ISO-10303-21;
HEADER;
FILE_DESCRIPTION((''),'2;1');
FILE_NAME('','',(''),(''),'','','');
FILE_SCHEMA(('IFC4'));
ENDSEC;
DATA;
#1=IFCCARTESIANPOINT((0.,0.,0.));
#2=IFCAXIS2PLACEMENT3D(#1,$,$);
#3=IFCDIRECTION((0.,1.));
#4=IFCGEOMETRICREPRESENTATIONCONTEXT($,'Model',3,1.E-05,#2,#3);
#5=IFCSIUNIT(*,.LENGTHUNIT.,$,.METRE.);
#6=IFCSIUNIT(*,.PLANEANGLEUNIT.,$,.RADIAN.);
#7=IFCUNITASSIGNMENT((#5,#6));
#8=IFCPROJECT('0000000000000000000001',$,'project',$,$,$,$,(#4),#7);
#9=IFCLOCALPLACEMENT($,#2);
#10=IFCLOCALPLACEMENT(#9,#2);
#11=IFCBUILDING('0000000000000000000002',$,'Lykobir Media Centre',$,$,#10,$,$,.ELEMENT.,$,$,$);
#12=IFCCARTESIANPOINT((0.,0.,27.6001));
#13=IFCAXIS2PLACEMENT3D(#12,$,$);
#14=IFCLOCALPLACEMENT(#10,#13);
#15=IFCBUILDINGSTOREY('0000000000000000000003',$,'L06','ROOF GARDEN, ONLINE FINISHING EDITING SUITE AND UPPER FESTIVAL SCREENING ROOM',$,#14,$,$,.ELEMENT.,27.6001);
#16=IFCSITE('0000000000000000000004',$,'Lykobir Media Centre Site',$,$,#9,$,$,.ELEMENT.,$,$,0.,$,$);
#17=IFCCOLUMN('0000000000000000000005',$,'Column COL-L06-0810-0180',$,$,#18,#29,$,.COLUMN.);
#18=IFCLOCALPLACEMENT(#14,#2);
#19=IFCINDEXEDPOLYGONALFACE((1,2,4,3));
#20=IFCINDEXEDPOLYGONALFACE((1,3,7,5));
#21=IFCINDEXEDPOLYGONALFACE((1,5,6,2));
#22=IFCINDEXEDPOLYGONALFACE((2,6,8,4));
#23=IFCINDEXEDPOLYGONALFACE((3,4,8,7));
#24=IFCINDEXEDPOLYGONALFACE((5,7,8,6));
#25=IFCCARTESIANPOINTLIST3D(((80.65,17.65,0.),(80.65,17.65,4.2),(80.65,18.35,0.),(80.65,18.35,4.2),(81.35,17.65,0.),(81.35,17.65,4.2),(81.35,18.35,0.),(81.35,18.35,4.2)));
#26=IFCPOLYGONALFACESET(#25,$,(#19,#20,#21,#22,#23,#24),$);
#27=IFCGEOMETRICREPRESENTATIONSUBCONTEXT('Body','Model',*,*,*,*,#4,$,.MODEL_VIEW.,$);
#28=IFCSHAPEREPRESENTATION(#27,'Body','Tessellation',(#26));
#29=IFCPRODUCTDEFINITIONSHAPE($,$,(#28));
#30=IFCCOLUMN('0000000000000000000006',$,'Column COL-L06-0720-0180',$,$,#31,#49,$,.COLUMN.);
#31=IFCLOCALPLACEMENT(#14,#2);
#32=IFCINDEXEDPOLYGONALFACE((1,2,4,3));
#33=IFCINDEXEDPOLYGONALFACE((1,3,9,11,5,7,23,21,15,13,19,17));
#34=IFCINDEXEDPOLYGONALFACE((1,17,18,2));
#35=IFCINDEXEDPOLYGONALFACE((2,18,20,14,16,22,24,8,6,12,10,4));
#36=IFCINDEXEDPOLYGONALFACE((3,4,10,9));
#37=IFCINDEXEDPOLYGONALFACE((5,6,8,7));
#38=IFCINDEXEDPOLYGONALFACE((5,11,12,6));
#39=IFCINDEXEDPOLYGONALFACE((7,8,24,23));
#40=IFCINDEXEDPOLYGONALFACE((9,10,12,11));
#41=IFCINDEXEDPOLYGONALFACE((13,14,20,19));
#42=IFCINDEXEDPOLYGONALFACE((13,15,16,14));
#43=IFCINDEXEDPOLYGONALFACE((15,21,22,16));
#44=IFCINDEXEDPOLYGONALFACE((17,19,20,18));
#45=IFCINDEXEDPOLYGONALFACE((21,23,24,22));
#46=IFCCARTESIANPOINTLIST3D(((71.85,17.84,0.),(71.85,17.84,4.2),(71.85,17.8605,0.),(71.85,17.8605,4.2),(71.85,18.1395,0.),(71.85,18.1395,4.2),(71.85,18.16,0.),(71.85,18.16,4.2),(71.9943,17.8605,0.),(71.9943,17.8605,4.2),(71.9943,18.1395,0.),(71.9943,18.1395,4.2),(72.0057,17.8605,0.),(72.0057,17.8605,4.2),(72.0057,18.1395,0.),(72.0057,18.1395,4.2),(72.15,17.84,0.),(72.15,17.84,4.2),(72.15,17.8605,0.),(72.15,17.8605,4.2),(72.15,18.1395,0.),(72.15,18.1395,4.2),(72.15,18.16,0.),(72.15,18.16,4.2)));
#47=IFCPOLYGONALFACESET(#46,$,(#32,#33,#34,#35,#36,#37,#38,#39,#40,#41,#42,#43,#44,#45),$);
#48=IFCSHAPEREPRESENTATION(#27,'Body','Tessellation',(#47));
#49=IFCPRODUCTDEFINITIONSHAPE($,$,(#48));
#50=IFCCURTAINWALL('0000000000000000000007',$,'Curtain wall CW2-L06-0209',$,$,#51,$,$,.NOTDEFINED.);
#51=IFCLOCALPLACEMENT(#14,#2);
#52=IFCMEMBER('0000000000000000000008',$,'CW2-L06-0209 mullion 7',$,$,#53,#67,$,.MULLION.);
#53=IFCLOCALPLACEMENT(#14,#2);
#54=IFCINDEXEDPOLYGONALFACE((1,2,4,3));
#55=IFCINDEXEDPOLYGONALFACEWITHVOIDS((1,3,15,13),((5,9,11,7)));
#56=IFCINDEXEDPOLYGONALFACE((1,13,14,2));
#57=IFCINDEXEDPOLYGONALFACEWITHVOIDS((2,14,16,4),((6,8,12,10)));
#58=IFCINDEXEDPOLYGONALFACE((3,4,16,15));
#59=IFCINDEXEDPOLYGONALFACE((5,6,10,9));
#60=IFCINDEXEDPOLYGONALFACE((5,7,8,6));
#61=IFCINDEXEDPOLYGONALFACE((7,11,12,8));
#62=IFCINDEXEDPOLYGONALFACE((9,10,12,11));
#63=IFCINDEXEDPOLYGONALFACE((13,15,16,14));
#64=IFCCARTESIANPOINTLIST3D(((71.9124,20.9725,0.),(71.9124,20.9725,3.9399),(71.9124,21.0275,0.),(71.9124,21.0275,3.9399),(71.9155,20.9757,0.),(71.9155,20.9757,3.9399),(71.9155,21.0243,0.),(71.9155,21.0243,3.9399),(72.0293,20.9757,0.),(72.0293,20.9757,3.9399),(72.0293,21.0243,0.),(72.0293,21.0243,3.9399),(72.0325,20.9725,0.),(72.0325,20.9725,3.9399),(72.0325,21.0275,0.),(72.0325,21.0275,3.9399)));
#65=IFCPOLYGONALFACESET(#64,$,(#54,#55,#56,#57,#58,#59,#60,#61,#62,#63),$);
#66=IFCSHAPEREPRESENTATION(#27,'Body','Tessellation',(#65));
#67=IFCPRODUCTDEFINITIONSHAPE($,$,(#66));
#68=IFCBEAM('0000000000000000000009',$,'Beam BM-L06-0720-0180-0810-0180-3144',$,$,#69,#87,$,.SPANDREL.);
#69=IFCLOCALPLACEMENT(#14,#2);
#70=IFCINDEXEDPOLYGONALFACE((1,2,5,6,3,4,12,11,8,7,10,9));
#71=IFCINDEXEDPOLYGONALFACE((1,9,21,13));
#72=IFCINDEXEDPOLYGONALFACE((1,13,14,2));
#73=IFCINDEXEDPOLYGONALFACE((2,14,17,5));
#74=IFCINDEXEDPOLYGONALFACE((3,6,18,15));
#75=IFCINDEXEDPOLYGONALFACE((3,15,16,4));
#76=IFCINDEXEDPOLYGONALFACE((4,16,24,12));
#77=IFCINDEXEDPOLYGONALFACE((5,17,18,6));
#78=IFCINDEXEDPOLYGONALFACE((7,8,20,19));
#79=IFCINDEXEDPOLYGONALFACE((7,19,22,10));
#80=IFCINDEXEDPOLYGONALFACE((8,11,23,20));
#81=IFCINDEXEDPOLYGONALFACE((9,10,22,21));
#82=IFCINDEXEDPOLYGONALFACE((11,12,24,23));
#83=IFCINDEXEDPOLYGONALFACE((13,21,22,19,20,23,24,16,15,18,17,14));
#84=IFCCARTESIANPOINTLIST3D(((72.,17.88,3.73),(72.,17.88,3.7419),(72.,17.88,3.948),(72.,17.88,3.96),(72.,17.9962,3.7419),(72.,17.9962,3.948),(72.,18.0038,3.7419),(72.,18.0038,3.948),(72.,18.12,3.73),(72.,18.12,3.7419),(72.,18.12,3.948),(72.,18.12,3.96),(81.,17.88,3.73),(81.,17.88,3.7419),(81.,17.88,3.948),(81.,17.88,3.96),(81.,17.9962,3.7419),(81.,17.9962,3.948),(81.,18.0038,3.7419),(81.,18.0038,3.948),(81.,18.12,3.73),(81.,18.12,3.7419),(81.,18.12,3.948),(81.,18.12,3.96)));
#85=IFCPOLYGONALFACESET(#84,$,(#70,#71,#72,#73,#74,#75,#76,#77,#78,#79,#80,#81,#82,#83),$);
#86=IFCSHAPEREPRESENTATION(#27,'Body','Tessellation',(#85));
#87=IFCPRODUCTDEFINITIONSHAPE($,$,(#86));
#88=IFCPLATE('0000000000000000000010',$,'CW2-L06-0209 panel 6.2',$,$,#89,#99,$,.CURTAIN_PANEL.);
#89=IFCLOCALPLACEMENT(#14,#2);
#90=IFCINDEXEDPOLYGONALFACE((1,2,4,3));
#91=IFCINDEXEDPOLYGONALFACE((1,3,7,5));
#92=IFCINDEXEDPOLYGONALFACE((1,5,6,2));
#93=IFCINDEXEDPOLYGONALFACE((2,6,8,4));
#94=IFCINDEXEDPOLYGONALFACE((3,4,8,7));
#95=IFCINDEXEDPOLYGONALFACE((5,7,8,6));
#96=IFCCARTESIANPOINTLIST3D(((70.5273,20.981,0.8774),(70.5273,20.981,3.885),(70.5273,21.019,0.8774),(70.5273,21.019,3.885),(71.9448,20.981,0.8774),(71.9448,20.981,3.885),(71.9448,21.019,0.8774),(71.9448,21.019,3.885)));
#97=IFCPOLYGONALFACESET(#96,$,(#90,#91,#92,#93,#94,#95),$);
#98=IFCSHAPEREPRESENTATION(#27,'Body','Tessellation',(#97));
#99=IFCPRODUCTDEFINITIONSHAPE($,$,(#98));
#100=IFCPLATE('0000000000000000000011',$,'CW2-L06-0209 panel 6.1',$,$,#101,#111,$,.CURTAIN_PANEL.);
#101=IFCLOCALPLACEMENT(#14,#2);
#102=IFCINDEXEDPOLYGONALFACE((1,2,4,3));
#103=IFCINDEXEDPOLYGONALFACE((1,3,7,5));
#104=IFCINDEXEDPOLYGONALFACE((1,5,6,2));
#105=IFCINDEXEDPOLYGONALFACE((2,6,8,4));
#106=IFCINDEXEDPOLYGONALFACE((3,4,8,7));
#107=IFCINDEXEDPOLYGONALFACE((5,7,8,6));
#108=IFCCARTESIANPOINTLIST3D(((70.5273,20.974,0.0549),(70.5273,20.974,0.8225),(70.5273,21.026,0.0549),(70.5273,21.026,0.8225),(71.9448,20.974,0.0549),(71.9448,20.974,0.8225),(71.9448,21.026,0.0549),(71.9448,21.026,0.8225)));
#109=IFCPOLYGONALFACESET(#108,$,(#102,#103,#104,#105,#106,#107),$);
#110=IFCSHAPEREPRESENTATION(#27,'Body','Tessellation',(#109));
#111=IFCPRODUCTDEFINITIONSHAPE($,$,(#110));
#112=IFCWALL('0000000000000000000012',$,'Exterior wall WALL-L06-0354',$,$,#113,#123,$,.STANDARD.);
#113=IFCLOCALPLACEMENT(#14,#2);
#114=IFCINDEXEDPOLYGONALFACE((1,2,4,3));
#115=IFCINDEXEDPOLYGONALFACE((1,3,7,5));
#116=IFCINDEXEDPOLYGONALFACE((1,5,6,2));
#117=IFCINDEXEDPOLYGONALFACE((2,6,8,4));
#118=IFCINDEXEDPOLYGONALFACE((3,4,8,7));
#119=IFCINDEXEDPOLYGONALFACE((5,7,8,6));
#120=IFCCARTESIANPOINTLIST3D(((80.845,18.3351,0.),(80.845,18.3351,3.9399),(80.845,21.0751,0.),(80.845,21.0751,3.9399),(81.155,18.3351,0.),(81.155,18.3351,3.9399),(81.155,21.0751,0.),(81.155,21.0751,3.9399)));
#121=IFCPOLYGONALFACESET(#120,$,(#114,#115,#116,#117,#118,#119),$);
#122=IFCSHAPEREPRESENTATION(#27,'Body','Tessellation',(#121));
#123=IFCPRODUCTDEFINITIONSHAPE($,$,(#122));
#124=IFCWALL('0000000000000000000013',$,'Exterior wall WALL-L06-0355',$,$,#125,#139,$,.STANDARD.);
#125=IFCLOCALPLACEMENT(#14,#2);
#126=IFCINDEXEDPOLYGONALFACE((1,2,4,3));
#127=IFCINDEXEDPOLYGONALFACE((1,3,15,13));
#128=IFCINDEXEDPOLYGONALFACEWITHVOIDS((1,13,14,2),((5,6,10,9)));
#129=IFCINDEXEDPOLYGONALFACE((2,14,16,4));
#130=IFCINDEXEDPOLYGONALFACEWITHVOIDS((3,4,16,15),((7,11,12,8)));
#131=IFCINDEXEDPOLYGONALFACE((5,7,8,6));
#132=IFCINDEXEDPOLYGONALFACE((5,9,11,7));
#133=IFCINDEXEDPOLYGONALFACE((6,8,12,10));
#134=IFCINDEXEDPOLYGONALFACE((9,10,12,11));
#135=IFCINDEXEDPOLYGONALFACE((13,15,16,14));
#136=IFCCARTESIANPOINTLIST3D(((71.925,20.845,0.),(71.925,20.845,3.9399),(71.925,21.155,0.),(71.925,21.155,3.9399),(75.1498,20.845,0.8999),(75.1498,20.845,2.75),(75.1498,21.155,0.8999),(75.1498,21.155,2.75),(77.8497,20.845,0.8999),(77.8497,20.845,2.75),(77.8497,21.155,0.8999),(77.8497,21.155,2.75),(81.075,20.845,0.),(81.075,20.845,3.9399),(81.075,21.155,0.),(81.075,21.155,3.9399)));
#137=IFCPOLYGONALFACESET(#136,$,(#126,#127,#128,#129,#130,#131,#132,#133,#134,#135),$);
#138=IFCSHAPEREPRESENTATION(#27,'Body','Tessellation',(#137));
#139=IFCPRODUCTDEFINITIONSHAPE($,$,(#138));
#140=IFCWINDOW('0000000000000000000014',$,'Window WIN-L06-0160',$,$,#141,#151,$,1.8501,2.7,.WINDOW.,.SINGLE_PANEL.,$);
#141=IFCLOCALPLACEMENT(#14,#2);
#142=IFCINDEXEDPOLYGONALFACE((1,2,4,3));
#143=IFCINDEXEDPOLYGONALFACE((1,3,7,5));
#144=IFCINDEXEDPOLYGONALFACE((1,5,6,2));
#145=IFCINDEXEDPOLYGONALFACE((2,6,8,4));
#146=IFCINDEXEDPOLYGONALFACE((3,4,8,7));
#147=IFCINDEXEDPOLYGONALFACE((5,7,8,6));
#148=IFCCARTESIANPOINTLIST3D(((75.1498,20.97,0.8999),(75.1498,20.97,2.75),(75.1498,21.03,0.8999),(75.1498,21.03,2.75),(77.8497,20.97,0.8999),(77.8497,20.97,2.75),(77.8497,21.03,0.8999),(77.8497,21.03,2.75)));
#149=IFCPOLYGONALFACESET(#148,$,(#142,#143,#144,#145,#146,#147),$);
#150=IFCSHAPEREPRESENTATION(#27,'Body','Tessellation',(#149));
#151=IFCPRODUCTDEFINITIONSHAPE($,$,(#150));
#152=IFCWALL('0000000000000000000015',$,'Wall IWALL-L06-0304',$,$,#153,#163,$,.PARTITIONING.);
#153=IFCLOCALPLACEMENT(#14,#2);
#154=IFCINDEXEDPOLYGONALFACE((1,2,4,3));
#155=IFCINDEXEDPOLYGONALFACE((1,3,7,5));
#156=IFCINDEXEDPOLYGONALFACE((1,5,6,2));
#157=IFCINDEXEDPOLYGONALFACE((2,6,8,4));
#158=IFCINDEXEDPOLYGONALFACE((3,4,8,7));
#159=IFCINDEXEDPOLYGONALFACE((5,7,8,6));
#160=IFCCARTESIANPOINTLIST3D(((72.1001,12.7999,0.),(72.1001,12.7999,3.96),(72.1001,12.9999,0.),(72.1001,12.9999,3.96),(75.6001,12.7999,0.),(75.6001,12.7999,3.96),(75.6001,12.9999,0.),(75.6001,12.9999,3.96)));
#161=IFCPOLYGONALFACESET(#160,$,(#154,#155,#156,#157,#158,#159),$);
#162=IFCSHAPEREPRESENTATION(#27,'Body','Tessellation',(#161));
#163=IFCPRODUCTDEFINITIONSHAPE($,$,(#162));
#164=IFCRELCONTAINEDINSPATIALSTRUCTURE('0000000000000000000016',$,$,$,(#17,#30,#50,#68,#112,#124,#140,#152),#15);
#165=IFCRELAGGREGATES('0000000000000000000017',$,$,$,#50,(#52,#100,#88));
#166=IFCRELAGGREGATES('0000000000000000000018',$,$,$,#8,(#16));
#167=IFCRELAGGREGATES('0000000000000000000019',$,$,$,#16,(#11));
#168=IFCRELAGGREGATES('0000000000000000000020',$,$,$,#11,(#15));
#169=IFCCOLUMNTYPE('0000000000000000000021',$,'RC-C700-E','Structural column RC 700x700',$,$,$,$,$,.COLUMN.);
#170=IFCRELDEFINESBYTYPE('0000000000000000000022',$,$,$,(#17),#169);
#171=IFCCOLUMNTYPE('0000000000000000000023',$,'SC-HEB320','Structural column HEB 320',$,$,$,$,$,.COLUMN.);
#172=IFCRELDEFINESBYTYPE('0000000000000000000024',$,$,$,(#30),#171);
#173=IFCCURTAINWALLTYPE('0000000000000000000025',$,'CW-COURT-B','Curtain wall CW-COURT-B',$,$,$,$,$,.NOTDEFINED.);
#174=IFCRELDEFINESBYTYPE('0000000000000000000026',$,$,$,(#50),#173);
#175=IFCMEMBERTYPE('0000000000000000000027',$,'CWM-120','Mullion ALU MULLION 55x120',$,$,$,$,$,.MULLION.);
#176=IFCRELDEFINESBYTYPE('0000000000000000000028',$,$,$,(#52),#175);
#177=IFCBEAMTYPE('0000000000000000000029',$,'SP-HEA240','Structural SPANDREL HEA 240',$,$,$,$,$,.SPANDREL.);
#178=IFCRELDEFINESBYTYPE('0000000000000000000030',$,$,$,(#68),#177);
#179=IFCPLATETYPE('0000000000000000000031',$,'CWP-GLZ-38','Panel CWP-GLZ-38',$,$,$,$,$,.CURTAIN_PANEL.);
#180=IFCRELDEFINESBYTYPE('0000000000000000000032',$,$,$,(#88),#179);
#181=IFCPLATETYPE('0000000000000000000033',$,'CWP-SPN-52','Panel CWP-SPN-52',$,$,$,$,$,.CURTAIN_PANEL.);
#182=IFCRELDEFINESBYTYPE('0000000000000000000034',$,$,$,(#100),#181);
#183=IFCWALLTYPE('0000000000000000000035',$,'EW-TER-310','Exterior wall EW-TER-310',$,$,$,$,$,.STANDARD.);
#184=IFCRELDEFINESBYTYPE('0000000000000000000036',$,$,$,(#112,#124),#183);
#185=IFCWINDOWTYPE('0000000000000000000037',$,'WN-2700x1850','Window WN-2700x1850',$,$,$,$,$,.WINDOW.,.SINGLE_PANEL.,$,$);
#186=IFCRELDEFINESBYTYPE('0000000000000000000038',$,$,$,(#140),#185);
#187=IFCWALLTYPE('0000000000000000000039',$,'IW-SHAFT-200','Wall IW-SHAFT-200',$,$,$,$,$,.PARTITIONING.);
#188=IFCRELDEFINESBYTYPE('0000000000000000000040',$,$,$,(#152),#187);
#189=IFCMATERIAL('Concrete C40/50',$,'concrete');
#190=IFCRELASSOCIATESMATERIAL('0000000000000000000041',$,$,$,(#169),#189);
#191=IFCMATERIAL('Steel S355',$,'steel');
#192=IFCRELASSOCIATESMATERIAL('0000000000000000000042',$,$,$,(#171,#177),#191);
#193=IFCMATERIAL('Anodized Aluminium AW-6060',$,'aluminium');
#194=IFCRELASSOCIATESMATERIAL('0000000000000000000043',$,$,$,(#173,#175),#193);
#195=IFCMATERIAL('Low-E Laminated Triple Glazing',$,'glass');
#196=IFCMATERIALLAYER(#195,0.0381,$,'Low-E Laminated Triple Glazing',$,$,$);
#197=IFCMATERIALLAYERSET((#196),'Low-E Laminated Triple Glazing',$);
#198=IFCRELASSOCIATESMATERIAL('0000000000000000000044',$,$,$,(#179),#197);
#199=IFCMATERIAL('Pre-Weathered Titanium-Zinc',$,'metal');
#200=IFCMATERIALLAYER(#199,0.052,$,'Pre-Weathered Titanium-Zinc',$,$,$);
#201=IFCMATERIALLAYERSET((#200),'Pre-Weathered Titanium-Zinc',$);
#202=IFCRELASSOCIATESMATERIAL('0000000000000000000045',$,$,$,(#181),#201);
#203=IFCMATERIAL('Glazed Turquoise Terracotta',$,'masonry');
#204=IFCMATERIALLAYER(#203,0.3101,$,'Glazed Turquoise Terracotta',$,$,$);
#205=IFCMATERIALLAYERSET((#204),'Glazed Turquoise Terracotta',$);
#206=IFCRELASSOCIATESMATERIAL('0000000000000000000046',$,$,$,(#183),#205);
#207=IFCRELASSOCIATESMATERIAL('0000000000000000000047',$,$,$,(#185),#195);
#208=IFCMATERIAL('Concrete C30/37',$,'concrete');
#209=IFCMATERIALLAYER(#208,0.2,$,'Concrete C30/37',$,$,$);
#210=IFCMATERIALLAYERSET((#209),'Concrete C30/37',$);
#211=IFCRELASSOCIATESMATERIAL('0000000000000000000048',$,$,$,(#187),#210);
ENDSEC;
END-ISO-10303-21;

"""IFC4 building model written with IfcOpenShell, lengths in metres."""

from ifc_helpers import new_model, si_unit, direction, frame, frame_2d, origin, origin_2d, place, context, subcontext, project, spatial, rectangle, hollow_rectangle, i_section, extrude, material, layer, layer_set, material_profile, profile_set, type_object, element, fill, aggregate, save


model = new_model("IFC4")

# Units and contexts
model_context = context("Model", 3, precision=1e-05, world=origin(), true_north=direction((0.0, 1.0)))
body_context = subcontext(model_context, "Body", "Model", "MODEL_VIEW")
ifc_project = project(units=[si_unit("LENGTHUNIT", "METRE"), si_unit("PLANEANGLEUNIT", "RADIAN")], contexts=[model_context])

# Site, building, storey
site_placement = place(None, origin())
site = spatial("IfcSite", under=ifc_project, at=site_placement, Name="Lykobir Media Centre Site", CompositionType="ELEMENT", RefElevation=0.0)
building_placement = place(site_placement, origin())
building = spatial("IfcBuilding", under=site, at=building_placement, Name="Lykobir Media Centre", CompositionType="ELEMENT")
storey_placement = place(building_placement, frame((0.0, 0.0, 27.6001)))
storey = spatial("IfcBuildingStorey", under=building, at=storey_placement, Name="L06", Description="ROOF GARDEN, ONLINE FINISHING EDITING SUITE AND UPPER FESTIVAL SCREENING ROOM", CompositionType="ELEMENT", Elevation=27.6001)

# Columns
ifc_material_1 = material(Name="Concrete C40/50", Category="concrete")
ifc_material_profile_1 = material_profile(ifc_material_1, rectangle(XDim=0.7, YDim=0.7, at=origin_2d()), Name="RC 700x700")
ifc_profile_set_1 = profile_set([ifc_material_profile_1], Name="Concrete C40/50")
column_type_1 = type_object("IfcColumnType", Name="RC-C700-E", Description="Structural column RC 700x700", PredefinedType="COLUMN", material=ifc_profile_set_1)
column_1_placement = place(storey_placement, frame((81.0, 18.0, 0.0), z_axis=(0.0, 0.0, 1.0), x_axis=(1.0, 0.0, 0.0)))
element("IfcColumn", 1, at=column_1_placement, inside=storey, type_object=column_type_1, Name="Column COL-L06-0810-0180", PredefinedType="COLUMN", context=body_context, shape_type="SweptSolid", body=[
    extrude(rectangle(XDim=0.7, YDim=0.7, at=origin_2d()), origin(), (0.0, 0.0, 1.0), 4.2),
])
ifc_material_2 = material(Name="Steel S355", Category="steel")
ifc_material_profile_2 = material_profile(ifc_material_2, i_section(OverallWidth=0.3, OverallDepth=0.3201, WebThickness=0.0115, FlangeThickness=0.0205, at=origin_2d()), Name="HEB 320")
ifc_profile_set_2 = profile_set([ifc_material_profile_2], Name="Steel S355")
column_type_2 = type_object("IfcColumnType", Name="SC-HEB320", Description="Structural column HEB 320", PredefinedType="COLUMN", material=ifc_profile_set_2)
column_2_placement = place(storey_placement, frame((72.0, 18.0, 0.0), z_axis=(0.0, 0.0, 1.0), x_axis=(1.0, 0.0, 0.0)))
element("IfcColumn", 2, at=column_2_placement, inside=storey, type_object=column_type_2, Name="Column COL-L06-0720-0180", PredefinedType="COLUMN", context=body_context, shape_type="SweptSolid", body=[
    extrude(i_section(OverallWidth=0.3, OverallDepth=0.3201, WebThickness=0.0115, FlangeThickness=0.0205, at=origin_2d()), origin(), (0.0, 0.0, 1.0), 4.2),
])

# Curtain wall, member
ifc_material_3 = material(Name="Anodized Aluminium AW-6060", Category="aluminium")
curtain_wall_type = type_object("IfcCurtainWallType", Name="CW-COURT-B", Description="Curtain wall CW-COURT-B", PredefinedType="NOTDEFINED", material=ifc_material_3)
curtain_wall_placement = place(storey_placement, origin())
curtain_wall = element("IfcCurtainWall", 3, at=curtain_wall_placement, inside=storey, type_object=curtain_wall_type, Name="Curtain wall CW2-L06-0209", PredefinedType="NOTDEFINED")
ifc_material_profile_3 = material_profile(ifc_material_3, hollow_rectangle(XDim=0.0549, YDim=0.1201, WallThickness=0.0032, at=origin_2d()), Name="ALU MULLION 55x120")
ifc_profile_set_3 = profile_set([ifc_material_profile_3], Name="Anodized Aluminium AW-6060")
member_type = type_object("IfcMemberType", Name="CWM-120", Description="Mullion ALU MULLION 55x120", PredefinedType="MULLION", material=ifc_profile_set_3)
member_placement = place(storey_placement, frame((71.9724, 21.0, 0.0), z_axis=(0.0, 0.0, 1.0), x_axis=(0.0, 1.0, 0.0)))
member = element("IfcMember", 4, at=member_placement, type_object=member_type, Name="CW2-L06-0209 mullion 7", PredefinedType="MULLION", context=body_context, shape_type="SweptSolid", body=[
    extrude(hollow_rectangle(XDim=0.0549, YDim=0.1201, WallThickness=0.0032, at=origin_2d()), origin(), (0.0, 0.0, 1.0), 3.9399),
])

# Beam
ifc_material_profile_4 = material_profile(ifc_material_2, i_section(OverallWidth=0.24, OverallDepth=0.23, WebThickness=0.0076, FlangeThickness=0.012, at=origin_2d()), Name="HEA 240")
ifc_profile_set_4 = profile_set([ifc_material_profile_4], Name="Steel S355")
beam_type = type_object("IfcBeamType", Name="SP-HEA240", Description="Structural SPANDREL HEA 240", PredefinedType="SPANDREL", material=ifc_profile_set_4)
beam_placement = place(storey_placement, frame((72.0, 18.0, 3.845), z_axis=(1.0, 0.0, 0.0), x_axis=(0.0, 1.0, 0.0)))
element("IfcBeam", 5, at=beam_placement, inside=storey, type_object=beam_type, Name="Beam BM-L06-0720-0180-0810-0180-3144", PredefinedType="SPANDREL", context=body_context, shape_type="SweptSolid", body=[
    extrude(i_section(OverallWidth=0.24, OverallDepth=0.23, WebThickness=0.0076, FlangeThickness=0.012, at=origin_2d()), origin(), (0.0, 0.0, 1.0), 9.0),
])

# Plates
ifc_material_4 = material(Name="Low-E Laminated Triple Glazing", Category="glass")
ifc_layer_1 = layer(ifc_material_4, 0.0381, Name="Low-E Laminated Triple Glazing")
ifc_layer_set_1 = layer_set([ifc_layer_1], Name="Low-E Laminated Triple Glazing")
plate_type_1 = type_object("IfcPlateType", Name="CWP-GLZ-38", Description="Panel CWP-GLZ-38", PredefinedType="CURTAIN_PANEL", material=ifc_layer_set_1)
plate_1_placement = place(storey_placement, frame((71.2361, 21.0, 0.8774), z_axis=(0.0, 0.0, 1.0), x_axis=(1.0, 0.0, 0.0)))
plate_1 = element("IfcPlate", 6, at=plate_1_placement, type_object=plate_type_1, Name="CW2-L06-0209 panel 6.2", PredefinedType="CURTAIN_PANEL", context=body_context, shape_type="SweptSolid", body=[
    extrude(rectangle(XDim=1.4175, YDim=0.0381, at=origin_2d()), origin(), (0.0, 0.0, 1.0), 3.0076),
])
ifc_material_5 = material(Name="Pre-Weathered Titanium-Zinc", Category="metal")
ifc_layer_2 = layer(ifc_material_5, 0.052, Name="Pre-Weathered Titanium-Zinc")
ifc_layer_set_2 = layer_set([ifc_layer_2], Name="Pre-Weathered Titanium-Zinc")
plate_type_2 = type_object("IfcPlateType", Name="CWP-SPN-52", Description="Panel CWP-SPN-52", PredefinedType="CURTAIN_PANEL", material=ifc_layer_set_2)
plate_2_placement = place(storey_placement, frame((71.2361, 21.0, 0.0549), z_axis=(0.0, 0.0, 1.0), x_axis=(1.0, 0.0, 0.0)))
plate_2 = element("IfcPlate", 7, at=plate_2_placement, type_object=plate_type_2, Name="CW2-L06-0209 panel 6.1", PredefinedType="CURTAIN_PANEL", context=body_context, shape_type="SweptSolid", body=[
    extrude(rectangle(XDim=1.4175, YDim=0.052, at=origin_2d()), origin(), (0.0, 0.0, 1.0), 0.7676),
])
aggregate(curtain_wall, [member, plate_2, plate_1])

# Wall
ifc_material_6 = material(Name="Glazed Turquoise Terracotta", Category="masonry")
ifc_layer_3 = layer(ifc_material_6, 0.3101, Name="Glazed Turquoise Terracotta")
ifc_layer_set_3 = layer_set([ifc_layer_3], Name="Glazed Turquoise Terracotta")
wall_type_1 = type_object("IfcWallType", Name="EW-TER-310", Description="Exterior wall EW-TER-310", PredefinedType="STANDARD", material=ifc_layer_set_3)
wall_1_placement = place(storey_placement, frame((81.0, 18.335, 0.0), z_axis=(0.0, 0.0, 1.0), x_axis=(0.0, 1.0, 0.0)))
element("IfcWall", 8, at=wall_1_placement, inside=storey, type_object=wall_type_1, Name="Exterior wall WALL-L06-0354", PredefinedType="STANDARD", context=body_context, shape_type="SweptSolid", body=[
    extrude(rectangle(XDim=2.74, YDim=0.3101, at=frame_2d((1.3701, 0.0))), origin(), (0.0, 0.0, 1.0), 3.9399),
])

# Wall, opening, window
wall_2_placement = place(storey_placement, frame((81.075, 21.0, 0.0), z_axis=(0.0, 0.0, 1.0), x_axis=(-1.0, 0.0, 0.0)))
wall_2 = element("IfcWall", 9, at=wall_2_placement, inside=storey, type_object=wall_type_1, Name="Exterior wall WALL-L06-0355", PredefinedType="STANDARD", context=body_context, shape_type="SweptSolid", body=[
    extrude(rectangle(XDim=9.1499, YDim=0.3101, at=frame_2d((4.575, 0.0))), origin(), (0.0, 0.0, 1.0), 3.9399),
])
opening_1_placement = place(wall_2_placement, frame((3.2251, 0.0, 0.8999)))
opening_1 = element("IfcOpeningElement", 10, at=opening_1_placement, cuts=wall_2, PredefinedType="OPENING", context=body_context, shape_type="SweptSolid", body=[
    extrude(rectangle(XDim=2.7, YDim=1.8501, at=frame_2d((1.3501, 0.925))), frame((0.0, 0.165, 0.0), z_axis=(0.0, -1.0, 0.0), x_axis=(1.0, 0.0, 0.0)), (0.0, 0.0, 1.0), 0.3301),
])
window_type = type_object("IfcWindowType", Name="WN-2700x1850", Description="Window WN-2700x1850", PartitioningType="SINGLE_PANEL", PredefinedType="WINDOW", material=ifc_material_4)
window_placement = place(opening_1_placement, origin())
window = element("IfcWindow", 11, at=window_placement, inside=storey, type_object=window_type, Name="Window WIN-L06-0160", OverallHeight=1.8501, OverallWidth=2.7, PartitioningType="SINGLE_PANEL", PredefinedType="WINDOW", context=body_context, shape_type="SweptSolid", body=[
    extrude(rectangle(XDim=2.7, YDim=1.8501, at=frame_2d((1.3501, 0.925))), frame((0.0, 0.03, 0.0), z_axis=(0.0, -1.0, 0.0), x_axis=(1.0, 0.0, 0.0)), (0.0, 0.0, 1.0), 0.0601),
])
fill(opening_1, window)

# Wall
ifc_material_7 = material(Name="Concrete C30/37", Category="concrete")
ifc_layer_4 = layer(ifc_material_7, 0.2, Name="Concrete C30/37")
ifc_layer_set_4 = layer_set([ifc_layer_4], Name="Concrete C30/37")
wall_type_2 = type_object("IfcWallType", Name="IW-SHAFT-200", Description="Wall IW-SHAFT-200", PredefinedType="PARTITIONING", material=ifc_layer_set_4)
wall_3_placement = place(storey_placement, frame((72.1001, 12.8999, 0.0), z_axis=(0.0, 0.0, 1.0), x_axis=(1.0, 0.0, 0.0)))
element("IfcWall", 12, at=wall_3_placement, inside=storey, type_object=wall_type_2, Name="Wall IWALL-L06-0304", PredefinedType="PARTITIONING", context=body_context, shape_type="SweptSolid", body=[
    extrude(rectangle(XDim=3.5, YDim=0.2, at=frame_2d((1.75, 0.0))), origin(), (0.0, 0.0, 1.0), 3.96),
])

save(model, "model.ifc")
